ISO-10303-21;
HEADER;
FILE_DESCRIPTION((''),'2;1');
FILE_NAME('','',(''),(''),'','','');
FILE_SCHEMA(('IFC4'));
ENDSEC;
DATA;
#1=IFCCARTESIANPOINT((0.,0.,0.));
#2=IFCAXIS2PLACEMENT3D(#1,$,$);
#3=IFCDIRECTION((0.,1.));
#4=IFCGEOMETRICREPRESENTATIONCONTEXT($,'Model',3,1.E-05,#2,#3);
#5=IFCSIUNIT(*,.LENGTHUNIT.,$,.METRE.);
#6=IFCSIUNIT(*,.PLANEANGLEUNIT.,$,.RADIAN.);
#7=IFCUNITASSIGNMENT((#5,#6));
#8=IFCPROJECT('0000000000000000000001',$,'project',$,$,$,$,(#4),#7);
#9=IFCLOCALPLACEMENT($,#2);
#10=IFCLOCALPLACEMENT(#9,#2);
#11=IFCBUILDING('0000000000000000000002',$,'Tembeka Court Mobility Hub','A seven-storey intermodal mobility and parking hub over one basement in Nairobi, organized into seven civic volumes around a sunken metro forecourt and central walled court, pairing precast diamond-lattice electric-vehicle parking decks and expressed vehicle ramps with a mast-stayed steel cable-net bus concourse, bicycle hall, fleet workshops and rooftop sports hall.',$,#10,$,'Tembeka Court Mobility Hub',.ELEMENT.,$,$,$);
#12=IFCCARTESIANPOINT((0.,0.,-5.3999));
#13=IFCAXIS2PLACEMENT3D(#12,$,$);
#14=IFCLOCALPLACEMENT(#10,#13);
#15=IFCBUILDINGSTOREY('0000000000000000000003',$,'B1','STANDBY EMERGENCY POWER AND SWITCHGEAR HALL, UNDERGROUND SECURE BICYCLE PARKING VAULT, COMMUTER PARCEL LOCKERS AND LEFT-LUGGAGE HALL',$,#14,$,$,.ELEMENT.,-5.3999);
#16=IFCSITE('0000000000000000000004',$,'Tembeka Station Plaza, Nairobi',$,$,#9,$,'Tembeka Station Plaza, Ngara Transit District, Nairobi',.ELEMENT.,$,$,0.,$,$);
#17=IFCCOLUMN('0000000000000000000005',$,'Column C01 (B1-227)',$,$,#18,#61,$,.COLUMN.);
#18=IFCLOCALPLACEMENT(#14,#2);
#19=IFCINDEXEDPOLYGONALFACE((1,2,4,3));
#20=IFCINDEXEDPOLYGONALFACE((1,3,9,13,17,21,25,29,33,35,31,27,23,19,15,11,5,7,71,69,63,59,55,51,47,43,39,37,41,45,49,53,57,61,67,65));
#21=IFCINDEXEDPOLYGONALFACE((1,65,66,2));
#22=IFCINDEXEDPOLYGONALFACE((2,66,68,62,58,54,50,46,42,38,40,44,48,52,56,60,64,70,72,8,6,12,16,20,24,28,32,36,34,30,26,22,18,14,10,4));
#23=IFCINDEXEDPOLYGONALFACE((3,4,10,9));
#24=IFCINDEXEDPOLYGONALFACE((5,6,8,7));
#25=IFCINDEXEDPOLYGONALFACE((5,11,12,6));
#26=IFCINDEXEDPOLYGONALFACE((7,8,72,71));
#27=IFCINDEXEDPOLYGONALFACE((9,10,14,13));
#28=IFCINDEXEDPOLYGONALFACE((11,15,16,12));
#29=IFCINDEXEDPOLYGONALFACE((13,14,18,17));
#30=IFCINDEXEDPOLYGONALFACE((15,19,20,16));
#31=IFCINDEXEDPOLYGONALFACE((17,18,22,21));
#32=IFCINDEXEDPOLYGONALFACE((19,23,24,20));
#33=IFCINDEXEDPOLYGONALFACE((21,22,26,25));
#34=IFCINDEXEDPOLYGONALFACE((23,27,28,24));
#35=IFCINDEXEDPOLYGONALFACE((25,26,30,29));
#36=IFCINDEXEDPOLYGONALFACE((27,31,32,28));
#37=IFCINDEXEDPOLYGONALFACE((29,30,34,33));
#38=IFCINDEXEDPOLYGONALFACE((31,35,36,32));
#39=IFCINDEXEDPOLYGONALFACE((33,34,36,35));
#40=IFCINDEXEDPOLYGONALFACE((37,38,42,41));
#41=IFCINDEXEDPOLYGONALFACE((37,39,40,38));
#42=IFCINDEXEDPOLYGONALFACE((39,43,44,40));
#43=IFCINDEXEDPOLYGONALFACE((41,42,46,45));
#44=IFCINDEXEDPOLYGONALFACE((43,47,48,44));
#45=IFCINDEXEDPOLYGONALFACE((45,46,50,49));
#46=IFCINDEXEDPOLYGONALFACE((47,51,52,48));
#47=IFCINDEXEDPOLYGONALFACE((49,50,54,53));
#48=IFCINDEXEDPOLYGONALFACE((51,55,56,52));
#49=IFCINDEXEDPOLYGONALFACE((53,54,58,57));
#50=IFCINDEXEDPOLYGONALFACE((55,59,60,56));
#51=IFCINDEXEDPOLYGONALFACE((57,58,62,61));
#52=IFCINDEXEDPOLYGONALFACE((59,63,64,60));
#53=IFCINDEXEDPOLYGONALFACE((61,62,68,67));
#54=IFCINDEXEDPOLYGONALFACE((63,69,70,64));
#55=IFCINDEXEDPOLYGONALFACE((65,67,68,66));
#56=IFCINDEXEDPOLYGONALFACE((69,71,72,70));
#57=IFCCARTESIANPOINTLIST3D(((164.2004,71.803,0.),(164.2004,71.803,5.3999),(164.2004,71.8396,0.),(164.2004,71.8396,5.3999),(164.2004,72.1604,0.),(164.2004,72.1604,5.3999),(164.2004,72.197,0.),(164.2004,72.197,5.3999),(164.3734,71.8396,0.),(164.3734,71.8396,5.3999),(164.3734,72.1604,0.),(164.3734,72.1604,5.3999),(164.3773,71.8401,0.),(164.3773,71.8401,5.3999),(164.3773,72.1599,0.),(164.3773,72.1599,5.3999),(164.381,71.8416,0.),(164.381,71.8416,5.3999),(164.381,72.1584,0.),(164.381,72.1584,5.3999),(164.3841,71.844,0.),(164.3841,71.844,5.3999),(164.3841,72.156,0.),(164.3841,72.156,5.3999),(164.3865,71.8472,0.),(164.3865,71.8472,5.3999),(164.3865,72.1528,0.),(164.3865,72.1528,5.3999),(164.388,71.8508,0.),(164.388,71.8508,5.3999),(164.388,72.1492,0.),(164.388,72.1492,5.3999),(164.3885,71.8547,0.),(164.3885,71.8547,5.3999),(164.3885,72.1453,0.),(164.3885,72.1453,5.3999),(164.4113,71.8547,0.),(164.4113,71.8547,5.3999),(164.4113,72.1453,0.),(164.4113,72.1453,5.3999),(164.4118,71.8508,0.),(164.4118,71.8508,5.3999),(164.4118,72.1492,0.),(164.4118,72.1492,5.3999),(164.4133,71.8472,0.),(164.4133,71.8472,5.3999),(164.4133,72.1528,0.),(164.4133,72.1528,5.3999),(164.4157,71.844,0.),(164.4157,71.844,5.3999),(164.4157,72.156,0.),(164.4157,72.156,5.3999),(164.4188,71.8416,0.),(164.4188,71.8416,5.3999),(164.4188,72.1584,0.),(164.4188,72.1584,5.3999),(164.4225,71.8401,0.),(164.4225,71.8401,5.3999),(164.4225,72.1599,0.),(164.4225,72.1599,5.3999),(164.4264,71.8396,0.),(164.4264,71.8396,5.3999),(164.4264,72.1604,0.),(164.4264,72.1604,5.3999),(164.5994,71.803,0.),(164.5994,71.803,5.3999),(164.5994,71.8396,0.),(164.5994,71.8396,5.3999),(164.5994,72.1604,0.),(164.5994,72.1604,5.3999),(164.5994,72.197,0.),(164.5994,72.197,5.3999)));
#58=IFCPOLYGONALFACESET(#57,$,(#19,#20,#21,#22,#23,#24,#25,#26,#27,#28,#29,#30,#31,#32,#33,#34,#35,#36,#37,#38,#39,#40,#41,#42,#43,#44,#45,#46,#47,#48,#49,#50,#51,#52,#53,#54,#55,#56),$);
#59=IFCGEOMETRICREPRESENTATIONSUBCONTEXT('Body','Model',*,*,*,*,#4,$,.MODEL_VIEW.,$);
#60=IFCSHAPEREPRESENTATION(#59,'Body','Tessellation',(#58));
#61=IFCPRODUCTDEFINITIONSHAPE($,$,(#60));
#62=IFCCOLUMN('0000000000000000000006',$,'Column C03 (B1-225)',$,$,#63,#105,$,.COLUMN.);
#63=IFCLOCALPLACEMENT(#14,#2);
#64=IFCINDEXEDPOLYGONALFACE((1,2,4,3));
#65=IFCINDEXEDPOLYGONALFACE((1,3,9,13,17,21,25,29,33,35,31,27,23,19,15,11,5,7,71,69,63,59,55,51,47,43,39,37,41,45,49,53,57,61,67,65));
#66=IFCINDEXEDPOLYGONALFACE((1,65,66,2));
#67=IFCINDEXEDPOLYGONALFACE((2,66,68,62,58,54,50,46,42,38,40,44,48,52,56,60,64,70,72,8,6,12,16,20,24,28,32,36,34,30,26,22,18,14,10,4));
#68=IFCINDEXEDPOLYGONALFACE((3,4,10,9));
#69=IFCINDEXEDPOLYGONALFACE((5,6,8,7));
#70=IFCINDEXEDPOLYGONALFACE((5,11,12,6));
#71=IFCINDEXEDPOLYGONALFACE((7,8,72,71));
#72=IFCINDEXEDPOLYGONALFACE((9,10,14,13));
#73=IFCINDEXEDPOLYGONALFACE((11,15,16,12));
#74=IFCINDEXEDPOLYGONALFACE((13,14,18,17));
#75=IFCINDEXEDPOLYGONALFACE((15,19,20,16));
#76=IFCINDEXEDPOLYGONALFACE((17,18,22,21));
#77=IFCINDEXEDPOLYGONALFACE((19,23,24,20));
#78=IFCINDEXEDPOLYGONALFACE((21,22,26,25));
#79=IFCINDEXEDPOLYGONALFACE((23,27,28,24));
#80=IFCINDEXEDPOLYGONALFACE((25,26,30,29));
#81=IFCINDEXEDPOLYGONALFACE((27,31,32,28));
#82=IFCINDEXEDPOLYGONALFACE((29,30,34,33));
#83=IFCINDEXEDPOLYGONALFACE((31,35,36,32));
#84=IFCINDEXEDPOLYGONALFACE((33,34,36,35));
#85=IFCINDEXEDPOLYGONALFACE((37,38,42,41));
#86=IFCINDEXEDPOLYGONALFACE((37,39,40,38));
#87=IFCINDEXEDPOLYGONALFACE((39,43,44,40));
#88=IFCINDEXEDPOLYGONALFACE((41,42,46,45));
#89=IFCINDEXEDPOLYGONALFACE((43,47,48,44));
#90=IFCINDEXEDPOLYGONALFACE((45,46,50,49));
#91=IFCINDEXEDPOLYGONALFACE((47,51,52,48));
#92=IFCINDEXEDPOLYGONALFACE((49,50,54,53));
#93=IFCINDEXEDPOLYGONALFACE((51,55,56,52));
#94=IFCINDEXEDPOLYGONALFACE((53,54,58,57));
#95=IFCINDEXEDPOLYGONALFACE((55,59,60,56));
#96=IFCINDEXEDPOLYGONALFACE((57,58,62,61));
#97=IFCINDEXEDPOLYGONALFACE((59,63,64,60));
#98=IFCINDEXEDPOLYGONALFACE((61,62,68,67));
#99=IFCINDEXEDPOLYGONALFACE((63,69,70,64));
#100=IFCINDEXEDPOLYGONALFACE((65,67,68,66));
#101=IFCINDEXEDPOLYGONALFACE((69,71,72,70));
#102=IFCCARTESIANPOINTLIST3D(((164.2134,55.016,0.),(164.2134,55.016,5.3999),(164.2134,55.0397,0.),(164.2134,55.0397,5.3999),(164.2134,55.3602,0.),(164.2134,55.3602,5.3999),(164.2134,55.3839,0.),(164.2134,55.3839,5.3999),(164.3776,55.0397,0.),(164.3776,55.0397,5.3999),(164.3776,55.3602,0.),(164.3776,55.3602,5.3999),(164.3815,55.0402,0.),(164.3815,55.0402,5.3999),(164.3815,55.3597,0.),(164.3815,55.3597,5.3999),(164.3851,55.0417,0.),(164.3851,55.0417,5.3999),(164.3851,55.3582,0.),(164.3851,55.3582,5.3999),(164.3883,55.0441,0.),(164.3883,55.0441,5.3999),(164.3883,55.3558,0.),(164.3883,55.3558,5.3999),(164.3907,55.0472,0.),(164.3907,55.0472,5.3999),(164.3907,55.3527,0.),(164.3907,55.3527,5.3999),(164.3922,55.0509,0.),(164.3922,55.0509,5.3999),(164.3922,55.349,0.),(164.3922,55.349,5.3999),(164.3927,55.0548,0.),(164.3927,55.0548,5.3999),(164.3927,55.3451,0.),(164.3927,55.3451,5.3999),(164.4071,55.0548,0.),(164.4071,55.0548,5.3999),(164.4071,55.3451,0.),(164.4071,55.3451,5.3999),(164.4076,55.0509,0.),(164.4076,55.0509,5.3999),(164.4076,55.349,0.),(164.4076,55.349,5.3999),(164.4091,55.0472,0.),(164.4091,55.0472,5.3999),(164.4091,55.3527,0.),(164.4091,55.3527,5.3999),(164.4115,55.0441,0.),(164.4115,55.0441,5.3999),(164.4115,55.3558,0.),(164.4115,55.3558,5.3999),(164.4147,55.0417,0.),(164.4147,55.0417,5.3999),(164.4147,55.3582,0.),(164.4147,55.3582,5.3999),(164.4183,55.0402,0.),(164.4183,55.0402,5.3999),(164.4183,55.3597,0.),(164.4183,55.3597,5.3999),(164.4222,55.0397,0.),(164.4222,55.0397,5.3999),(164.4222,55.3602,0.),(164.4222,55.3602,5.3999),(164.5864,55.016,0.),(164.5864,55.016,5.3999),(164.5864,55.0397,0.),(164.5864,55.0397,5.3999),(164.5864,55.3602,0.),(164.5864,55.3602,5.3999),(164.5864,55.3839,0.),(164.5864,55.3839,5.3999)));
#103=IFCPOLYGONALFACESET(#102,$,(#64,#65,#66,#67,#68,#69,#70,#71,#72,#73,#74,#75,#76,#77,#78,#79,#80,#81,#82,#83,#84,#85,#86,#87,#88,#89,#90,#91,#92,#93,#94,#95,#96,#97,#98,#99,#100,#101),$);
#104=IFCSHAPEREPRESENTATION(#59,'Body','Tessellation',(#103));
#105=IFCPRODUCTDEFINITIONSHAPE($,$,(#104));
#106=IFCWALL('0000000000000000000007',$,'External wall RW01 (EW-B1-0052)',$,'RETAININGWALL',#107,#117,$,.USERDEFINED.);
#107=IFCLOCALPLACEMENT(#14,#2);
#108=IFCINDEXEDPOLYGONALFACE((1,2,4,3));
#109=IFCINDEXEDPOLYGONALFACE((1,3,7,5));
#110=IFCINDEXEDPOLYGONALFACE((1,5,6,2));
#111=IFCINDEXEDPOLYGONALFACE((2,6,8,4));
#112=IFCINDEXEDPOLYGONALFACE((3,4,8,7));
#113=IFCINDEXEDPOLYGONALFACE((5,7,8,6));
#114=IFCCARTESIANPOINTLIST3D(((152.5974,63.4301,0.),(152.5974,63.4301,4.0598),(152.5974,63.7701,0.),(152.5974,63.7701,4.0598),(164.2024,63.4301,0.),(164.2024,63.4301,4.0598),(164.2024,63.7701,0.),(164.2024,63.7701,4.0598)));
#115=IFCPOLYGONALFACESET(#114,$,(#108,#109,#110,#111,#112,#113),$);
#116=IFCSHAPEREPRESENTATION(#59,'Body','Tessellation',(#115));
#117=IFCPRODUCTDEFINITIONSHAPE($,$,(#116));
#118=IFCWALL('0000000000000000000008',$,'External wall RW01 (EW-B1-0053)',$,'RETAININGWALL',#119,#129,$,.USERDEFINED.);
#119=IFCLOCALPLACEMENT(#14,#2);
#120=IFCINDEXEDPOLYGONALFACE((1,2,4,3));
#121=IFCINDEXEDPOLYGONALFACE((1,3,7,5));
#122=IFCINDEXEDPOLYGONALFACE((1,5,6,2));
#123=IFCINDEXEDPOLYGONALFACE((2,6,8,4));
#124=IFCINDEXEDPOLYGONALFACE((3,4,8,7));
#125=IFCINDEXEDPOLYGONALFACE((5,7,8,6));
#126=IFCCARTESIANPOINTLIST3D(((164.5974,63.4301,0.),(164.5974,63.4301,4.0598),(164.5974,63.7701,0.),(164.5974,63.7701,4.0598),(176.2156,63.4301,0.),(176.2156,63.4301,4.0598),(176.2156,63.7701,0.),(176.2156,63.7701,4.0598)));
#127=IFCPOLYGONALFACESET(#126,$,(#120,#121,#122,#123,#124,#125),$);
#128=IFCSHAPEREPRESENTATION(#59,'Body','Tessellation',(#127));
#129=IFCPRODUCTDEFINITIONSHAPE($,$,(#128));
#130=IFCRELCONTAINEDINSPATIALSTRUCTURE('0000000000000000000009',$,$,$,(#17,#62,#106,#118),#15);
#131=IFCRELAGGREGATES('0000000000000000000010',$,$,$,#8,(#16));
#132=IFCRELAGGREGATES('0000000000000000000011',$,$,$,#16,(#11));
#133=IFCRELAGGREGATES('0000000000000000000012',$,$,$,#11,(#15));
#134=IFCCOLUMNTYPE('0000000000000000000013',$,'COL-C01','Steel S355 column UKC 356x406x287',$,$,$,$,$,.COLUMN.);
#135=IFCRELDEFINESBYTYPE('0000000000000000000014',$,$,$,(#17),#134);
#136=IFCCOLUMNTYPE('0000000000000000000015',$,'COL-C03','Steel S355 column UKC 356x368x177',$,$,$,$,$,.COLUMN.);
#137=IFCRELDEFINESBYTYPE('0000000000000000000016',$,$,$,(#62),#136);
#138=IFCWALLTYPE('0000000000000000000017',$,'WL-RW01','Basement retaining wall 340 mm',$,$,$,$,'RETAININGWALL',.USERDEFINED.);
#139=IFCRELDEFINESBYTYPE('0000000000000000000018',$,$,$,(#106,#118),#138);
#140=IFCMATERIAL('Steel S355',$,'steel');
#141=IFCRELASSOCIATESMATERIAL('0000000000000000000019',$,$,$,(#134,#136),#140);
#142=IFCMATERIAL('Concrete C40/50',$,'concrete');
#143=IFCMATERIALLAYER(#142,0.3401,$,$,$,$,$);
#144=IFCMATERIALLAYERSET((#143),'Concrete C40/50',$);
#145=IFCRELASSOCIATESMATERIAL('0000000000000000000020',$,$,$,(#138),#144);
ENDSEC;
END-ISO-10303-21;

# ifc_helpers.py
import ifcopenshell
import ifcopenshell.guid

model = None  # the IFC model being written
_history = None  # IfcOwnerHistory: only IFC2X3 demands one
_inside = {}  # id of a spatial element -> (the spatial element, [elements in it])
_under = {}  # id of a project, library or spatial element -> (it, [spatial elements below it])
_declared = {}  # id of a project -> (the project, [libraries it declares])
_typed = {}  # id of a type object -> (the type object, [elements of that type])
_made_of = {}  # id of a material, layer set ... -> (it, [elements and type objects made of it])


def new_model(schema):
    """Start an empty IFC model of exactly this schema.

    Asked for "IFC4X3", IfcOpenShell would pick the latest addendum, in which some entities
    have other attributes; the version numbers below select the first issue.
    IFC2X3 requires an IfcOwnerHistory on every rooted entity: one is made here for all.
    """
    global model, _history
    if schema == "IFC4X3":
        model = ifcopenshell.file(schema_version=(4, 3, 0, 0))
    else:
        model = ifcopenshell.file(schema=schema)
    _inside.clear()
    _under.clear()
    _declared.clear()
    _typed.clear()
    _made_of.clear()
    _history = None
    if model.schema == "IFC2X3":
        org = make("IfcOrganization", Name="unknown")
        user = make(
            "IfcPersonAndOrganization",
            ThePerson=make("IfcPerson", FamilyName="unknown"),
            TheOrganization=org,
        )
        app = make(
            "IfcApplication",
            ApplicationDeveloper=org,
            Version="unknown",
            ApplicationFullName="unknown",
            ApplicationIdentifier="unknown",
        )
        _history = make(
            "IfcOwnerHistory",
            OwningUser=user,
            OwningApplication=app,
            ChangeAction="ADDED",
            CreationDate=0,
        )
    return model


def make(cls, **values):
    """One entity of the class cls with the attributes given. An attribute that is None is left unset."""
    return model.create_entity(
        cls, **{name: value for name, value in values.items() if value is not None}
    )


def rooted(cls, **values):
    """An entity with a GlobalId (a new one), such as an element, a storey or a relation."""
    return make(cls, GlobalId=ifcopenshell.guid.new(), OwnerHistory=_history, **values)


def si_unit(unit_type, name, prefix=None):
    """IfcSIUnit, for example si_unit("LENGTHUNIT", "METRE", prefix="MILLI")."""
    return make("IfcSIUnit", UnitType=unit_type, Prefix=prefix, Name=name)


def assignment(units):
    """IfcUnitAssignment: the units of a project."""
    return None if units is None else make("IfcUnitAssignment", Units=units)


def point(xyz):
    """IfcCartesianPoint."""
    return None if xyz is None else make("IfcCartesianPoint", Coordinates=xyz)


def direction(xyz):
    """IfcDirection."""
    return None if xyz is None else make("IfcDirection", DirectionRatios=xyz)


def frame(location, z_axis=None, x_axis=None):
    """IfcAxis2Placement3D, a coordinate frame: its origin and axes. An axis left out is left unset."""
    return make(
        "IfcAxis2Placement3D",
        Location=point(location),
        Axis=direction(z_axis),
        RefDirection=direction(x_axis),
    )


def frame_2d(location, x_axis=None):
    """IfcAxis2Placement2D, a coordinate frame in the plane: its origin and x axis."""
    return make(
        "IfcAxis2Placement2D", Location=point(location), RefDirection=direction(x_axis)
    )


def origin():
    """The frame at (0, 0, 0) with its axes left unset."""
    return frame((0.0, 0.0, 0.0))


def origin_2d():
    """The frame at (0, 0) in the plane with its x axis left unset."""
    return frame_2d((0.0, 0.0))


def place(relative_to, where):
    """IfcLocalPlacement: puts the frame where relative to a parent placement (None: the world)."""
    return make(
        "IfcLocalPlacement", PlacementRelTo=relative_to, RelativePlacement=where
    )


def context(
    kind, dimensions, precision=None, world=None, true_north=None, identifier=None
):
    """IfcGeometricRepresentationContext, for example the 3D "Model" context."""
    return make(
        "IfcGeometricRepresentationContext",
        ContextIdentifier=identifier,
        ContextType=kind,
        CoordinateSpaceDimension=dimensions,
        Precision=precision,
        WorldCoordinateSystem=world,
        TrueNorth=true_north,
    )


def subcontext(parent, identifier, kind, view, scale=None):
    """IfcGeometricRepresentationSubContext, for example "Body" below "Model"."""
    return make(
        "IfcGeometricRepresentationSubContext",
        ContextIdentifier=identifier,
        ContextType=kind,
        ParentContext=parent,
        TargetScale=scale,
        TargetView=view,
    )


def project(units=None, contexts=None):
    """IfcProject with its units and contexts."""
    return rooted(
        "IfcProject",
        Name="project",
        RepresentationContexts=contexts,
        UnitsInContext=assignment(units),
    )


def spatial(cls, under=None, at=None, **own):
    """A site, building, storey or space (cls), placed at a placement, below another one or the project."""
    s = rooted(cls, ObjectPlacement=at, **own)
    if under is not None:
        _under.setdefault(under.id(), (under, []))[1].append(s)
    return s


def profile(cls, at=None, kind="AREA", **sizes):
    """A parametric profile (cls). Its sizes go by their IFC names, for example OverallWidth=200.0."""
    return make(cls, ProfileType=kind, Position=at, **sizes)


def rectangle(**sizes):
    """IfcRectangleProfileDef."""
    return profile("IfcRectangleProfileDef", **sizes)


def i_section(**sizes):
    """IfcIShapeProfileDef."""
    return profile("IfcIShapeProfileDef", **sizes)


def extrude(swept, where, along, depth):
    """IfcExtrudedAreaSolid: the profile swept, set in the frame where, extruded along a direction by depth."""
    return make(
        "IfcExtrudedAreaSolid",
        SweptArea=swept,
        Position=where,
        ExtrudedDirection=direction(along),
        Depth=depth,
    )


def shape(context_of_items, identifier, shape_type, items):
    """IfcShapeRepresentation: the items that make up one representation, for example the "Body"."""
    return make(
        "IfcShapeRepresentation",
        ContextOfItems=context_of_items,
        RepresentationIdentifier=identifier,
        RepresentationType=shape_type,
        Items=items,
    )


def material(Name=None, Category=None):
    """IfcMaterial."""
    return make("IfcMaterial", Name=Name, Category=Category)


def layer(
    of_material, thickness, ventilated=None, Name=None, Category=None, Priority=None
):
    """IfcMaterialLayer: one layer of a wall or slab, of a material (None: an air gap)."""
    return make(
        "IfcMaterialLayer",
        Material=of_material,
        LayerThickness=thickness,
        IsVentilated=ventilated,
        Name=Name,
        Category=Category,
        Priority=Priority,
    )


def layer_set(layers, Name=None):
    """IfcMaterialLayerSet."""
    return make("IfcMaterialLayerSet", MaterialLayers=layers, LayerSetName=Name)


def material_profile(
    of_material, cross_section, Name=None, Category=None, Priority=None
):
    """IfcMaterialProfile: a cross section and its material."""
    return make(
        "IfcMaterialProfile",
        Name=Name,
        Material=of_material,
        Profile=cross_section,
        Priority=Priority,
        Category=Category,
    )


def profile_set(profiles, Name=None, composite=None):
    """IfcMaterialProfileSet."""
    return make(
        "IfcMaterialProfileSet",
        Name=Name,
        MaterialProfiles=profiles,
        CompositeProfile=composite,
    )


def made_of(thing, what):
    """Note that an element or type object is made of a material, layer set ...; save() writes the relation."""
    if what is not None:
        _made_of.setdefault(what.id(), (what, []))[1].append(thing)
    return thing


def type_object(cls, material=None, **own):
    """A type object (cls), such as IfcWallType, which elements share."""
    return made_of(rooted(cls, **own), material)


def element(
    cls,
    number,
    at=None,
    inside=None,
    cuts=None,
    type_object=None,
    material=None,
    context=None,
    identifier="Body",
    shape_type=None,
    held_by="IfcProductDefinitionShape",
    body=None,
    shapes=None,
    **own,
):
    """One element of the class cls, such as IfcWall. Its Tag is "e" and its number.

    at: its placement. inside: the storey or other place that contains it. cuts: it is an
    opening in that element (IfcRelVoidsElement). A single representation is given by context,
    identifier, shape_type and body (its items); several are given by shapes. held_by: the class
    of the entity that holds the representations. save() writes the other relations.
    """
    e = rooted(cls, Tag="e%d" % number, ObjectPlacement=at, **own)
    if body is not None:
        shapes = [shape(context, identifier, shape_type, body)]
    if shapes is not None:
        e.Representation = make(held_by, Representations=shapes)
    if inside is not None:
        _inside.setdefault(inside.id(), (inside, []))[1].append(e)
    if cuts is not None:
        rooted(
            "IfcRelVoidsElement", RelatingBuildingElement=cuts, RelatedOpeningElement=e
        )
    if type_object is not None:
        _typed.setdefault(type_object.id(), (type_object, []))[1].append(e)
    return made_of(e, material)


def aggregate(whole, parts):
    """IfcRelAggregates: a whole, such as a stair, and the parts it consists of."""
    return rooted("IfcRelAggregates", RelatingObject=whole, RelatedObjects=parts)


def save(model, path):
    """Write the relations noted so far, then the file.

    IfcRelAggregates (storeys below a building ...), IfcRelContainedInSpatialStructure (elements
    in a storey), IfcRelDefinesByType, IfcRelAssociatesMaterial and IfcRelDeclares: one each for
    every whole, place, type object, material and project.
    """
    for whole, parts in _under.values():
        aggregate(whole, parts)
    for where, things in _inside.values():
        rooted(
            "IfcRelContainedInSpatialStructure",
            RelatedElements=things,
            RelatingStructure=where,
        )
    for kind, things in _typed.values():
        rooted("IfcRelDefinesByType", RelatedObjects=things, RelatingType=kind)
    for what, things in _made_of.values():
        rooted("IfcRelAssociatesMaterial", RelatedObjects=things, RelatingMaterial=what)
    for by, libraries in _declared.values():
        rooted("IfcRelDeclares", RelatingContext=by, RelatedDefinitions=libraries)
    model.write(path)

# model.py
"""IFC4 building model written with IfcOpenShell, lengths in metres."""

from ifc_helpers import new_model, si_unit, direction, frame, frame_2d, origin, origin_2d, place, context, subcontext, project, spatial, rectangle, i_section, extrude, material, layer, layer_set, material_profile, profile_set, type_object, element, save


model = new_model("IFC4")

# Units and contexts
model_context = context("Model", 3, precision=1e-05, world=origin(), true_north=direction((0.0, 1.0)))
body_context = subcontext(model_context, "Body", "Model", "MODEL_VIEW")
ifc_project = project(units=[si_unit("LENGTHUNIT", "METRE"), si_unit("PLANEANGLEUNIT", "RADIAN")], contexts=[model_context])

# Site, building, storey
site_placement = place(None, origin())
site = spatial("IfcSite", under=ifc_project, at=site_placement, Name="Tembeka Station Plaza, Nairobi", LongName="Tembeka Station Plaza, Ngara Transit District, Nairobi", CompositionType="ELEMENT", RefElevation=0.0)
building_placement = place(site_placement, origin())
building = spatial("IfcBuilding", under=site, at=building_placement, Name="Tembeka Court Mobility Hub", Description="A seven-storey intermodal mobility and parking hub over one basement in Nairobi, organized into seven civic volumes around a sunken metro forecourt and central walled court, pairing precast diamond-lattice electric-vehicle parking decks and expressed vehicle ramps with a mast-stayed steel cable-net bus concourse, bicycle hall, fleet workshops and rooftop sports hall.", LongName="Tembeka Court Mobility Hub", CompositionType="ELEMENT")
storey_placement = place(building_placement, frame((0.0, 0.0, -5.3999)))
storey = spatial("IfcBuildingStorey", under=building, at=storey_placement, Name="B1", Description="STANDBY EMERGENCY POWER AND SWITCHGEAR HALL, UNDERGROUND SECURE BICYCLE PARKING VAULT, COMMUTER PARCEL LOCKERS AND LEFT-LUGGAGE HALL", CompositionType="ELEMENT", Elevation=-5.3999)

# Shared definitions
ifc_material_1 = material(Name="Concrete C40/50", Category="concrete")

# Columns
ifc_material_2 = material(Name="Steel S355", Category="steel")
ifc_material_profile_1 = material_profile(ifc_material_2, i_section(OverallWidth=0.3989, OverallDepth=0.394, WebThickness=0.0227, FlangeThickness=0.0366, FilletRadius=0.0151, at=origin_2d()), Name="UKC 356x406x287")
ifc_profile_set_1 = profile_set([ifc_material_profile_1], Name="Steel S355")
column_type_1 = type_object("IfcColumnType", Name="COL-C01", Description="Steel S355 column UKC 356x406x287", PredefinedType="COLUMN", material=ifc_profile_set_1)
for number, where, z_axis, x_axis, name in (
    (1, (164.3999, 72.0, 0.0), (0.0, 0.0, 1.0), (1.0, 0.0, 0.0), "Column C01 (B1-227)"),
):
    element("IfcColumn", number, at=place(storey_placement, frame(where, z_axis=z_axis, x_axis=x_axis)), inside=storey, type_object=column_type_1, Name=name, PredefinedType="COLUMN", context=body_context, shape_type="SweptSolid", body=[
        extrude(i_section(OverallWidth=0.3989, OverallDepth=0.394, WebThickness=0.0227, FlangeThickness=0.0366, FilletRadius=0.0151, at=origin_2d()), origin(), (0.0, 0.0, 1.0), 5.3999),
    ])
ifc_material_profile_2 = material_profile(ifc_material_2, i_section(OverallWidth=0.373, OverallDepth=0.3679, WebThickness=0.0144, FlangeThickness=0.0237, FilletRadius=0.0151, at=origin_2d()), Name="UKC 356x368x177")
ifc_profile_set_2 = profile_set([ifc_material_profile_2], Name="Steel S355")
column_type_2 = type_object("IfcColumnType", Name="COL-C03", Description="Steel S355 column UKC 356x368x177", PredefinedType="COLUMN", material=ifc_profile_set_2)
column_placement = place(storey_placement, frame((164.3999, 55.2, 0.0), z_axis=(0.0, 0.0, 1.0), x_axis=(1.0, 0.0, 0.0)))
element("IfcColumn", 2, at=column_placement, inside=storey, type_object=column_type_2, Name="Column C03 (B1-225)", PredefinedType="COLUMN", context=body_context, shape_type="SweptSolid", body=[
    extrude(i_section(OverallWidth=0.373, OverallDepth=0.3679, WebThickness=0.0144, FlangeThickness=0.0237, FilletRadius=0.0151, at=origin_2d()), origin(), (0.0, 0.0, 1.0), 5.3999),
])

# Walls
ifc_layer = layer(ifc_material_1, 0.3401)
ifc_layer_set = layer_set([ifc_layer], Name="Concrete C40/50")
wall_type = type_object("IfcWallType", Name="WL-RW01", Description="Basement retaining wall 340 mm", ElementType="RETAININGWALL", PredefinedType="USERDEFINED", material=ifc_layer_set)
wall_1_placement = place(storey_placement, frame((152.5974, 63.6001, 0.0), z_axis=(0.0, 0.0, 1.0), x_axis=(1.0, 0.0, 0.0)))
element("IfcWall", 3, at=wall_1_placement, inside=storey, type_object=wall_type, Name="External wall RW01 (EW-B1-0052)", ObjectType="RETAININGWALL", PredefinedType="USERDEFINED", context=body_context, shape_type="SweptSolid", body=[
    extrude(rectangle(XDim=11.605, YDim=0.3401, at=frame_2d((5.8025, 0.0))), origin(), (0.0, 0.0, 1.0), 4.0598),
])
wall_2_placement = place(storey_placement, frame((164.5974, 63.6001, 0.0), z_axis=(0.0, 0.0, 1.0), x_axis=(1.0, 0.0, 0.0)))
element("IfcWall", 4, at=wall_2_placement, inside=storey, type_object=wall_type, Name="External wall RW01 (EW-B1-0053)", ObjectType="RETAININGWALL", PredefinedType="USERDEFINED", context=body_context, shape_type="SweptSolid", body=[
    extrude(rectangle(XDim=11.6182, YDim=0.3401, at=frame_2d((5.8091, 0.0))), origin(), (0.0, 0.0, 1.0), 4.0598),
])

save(model, "model.ifc")
